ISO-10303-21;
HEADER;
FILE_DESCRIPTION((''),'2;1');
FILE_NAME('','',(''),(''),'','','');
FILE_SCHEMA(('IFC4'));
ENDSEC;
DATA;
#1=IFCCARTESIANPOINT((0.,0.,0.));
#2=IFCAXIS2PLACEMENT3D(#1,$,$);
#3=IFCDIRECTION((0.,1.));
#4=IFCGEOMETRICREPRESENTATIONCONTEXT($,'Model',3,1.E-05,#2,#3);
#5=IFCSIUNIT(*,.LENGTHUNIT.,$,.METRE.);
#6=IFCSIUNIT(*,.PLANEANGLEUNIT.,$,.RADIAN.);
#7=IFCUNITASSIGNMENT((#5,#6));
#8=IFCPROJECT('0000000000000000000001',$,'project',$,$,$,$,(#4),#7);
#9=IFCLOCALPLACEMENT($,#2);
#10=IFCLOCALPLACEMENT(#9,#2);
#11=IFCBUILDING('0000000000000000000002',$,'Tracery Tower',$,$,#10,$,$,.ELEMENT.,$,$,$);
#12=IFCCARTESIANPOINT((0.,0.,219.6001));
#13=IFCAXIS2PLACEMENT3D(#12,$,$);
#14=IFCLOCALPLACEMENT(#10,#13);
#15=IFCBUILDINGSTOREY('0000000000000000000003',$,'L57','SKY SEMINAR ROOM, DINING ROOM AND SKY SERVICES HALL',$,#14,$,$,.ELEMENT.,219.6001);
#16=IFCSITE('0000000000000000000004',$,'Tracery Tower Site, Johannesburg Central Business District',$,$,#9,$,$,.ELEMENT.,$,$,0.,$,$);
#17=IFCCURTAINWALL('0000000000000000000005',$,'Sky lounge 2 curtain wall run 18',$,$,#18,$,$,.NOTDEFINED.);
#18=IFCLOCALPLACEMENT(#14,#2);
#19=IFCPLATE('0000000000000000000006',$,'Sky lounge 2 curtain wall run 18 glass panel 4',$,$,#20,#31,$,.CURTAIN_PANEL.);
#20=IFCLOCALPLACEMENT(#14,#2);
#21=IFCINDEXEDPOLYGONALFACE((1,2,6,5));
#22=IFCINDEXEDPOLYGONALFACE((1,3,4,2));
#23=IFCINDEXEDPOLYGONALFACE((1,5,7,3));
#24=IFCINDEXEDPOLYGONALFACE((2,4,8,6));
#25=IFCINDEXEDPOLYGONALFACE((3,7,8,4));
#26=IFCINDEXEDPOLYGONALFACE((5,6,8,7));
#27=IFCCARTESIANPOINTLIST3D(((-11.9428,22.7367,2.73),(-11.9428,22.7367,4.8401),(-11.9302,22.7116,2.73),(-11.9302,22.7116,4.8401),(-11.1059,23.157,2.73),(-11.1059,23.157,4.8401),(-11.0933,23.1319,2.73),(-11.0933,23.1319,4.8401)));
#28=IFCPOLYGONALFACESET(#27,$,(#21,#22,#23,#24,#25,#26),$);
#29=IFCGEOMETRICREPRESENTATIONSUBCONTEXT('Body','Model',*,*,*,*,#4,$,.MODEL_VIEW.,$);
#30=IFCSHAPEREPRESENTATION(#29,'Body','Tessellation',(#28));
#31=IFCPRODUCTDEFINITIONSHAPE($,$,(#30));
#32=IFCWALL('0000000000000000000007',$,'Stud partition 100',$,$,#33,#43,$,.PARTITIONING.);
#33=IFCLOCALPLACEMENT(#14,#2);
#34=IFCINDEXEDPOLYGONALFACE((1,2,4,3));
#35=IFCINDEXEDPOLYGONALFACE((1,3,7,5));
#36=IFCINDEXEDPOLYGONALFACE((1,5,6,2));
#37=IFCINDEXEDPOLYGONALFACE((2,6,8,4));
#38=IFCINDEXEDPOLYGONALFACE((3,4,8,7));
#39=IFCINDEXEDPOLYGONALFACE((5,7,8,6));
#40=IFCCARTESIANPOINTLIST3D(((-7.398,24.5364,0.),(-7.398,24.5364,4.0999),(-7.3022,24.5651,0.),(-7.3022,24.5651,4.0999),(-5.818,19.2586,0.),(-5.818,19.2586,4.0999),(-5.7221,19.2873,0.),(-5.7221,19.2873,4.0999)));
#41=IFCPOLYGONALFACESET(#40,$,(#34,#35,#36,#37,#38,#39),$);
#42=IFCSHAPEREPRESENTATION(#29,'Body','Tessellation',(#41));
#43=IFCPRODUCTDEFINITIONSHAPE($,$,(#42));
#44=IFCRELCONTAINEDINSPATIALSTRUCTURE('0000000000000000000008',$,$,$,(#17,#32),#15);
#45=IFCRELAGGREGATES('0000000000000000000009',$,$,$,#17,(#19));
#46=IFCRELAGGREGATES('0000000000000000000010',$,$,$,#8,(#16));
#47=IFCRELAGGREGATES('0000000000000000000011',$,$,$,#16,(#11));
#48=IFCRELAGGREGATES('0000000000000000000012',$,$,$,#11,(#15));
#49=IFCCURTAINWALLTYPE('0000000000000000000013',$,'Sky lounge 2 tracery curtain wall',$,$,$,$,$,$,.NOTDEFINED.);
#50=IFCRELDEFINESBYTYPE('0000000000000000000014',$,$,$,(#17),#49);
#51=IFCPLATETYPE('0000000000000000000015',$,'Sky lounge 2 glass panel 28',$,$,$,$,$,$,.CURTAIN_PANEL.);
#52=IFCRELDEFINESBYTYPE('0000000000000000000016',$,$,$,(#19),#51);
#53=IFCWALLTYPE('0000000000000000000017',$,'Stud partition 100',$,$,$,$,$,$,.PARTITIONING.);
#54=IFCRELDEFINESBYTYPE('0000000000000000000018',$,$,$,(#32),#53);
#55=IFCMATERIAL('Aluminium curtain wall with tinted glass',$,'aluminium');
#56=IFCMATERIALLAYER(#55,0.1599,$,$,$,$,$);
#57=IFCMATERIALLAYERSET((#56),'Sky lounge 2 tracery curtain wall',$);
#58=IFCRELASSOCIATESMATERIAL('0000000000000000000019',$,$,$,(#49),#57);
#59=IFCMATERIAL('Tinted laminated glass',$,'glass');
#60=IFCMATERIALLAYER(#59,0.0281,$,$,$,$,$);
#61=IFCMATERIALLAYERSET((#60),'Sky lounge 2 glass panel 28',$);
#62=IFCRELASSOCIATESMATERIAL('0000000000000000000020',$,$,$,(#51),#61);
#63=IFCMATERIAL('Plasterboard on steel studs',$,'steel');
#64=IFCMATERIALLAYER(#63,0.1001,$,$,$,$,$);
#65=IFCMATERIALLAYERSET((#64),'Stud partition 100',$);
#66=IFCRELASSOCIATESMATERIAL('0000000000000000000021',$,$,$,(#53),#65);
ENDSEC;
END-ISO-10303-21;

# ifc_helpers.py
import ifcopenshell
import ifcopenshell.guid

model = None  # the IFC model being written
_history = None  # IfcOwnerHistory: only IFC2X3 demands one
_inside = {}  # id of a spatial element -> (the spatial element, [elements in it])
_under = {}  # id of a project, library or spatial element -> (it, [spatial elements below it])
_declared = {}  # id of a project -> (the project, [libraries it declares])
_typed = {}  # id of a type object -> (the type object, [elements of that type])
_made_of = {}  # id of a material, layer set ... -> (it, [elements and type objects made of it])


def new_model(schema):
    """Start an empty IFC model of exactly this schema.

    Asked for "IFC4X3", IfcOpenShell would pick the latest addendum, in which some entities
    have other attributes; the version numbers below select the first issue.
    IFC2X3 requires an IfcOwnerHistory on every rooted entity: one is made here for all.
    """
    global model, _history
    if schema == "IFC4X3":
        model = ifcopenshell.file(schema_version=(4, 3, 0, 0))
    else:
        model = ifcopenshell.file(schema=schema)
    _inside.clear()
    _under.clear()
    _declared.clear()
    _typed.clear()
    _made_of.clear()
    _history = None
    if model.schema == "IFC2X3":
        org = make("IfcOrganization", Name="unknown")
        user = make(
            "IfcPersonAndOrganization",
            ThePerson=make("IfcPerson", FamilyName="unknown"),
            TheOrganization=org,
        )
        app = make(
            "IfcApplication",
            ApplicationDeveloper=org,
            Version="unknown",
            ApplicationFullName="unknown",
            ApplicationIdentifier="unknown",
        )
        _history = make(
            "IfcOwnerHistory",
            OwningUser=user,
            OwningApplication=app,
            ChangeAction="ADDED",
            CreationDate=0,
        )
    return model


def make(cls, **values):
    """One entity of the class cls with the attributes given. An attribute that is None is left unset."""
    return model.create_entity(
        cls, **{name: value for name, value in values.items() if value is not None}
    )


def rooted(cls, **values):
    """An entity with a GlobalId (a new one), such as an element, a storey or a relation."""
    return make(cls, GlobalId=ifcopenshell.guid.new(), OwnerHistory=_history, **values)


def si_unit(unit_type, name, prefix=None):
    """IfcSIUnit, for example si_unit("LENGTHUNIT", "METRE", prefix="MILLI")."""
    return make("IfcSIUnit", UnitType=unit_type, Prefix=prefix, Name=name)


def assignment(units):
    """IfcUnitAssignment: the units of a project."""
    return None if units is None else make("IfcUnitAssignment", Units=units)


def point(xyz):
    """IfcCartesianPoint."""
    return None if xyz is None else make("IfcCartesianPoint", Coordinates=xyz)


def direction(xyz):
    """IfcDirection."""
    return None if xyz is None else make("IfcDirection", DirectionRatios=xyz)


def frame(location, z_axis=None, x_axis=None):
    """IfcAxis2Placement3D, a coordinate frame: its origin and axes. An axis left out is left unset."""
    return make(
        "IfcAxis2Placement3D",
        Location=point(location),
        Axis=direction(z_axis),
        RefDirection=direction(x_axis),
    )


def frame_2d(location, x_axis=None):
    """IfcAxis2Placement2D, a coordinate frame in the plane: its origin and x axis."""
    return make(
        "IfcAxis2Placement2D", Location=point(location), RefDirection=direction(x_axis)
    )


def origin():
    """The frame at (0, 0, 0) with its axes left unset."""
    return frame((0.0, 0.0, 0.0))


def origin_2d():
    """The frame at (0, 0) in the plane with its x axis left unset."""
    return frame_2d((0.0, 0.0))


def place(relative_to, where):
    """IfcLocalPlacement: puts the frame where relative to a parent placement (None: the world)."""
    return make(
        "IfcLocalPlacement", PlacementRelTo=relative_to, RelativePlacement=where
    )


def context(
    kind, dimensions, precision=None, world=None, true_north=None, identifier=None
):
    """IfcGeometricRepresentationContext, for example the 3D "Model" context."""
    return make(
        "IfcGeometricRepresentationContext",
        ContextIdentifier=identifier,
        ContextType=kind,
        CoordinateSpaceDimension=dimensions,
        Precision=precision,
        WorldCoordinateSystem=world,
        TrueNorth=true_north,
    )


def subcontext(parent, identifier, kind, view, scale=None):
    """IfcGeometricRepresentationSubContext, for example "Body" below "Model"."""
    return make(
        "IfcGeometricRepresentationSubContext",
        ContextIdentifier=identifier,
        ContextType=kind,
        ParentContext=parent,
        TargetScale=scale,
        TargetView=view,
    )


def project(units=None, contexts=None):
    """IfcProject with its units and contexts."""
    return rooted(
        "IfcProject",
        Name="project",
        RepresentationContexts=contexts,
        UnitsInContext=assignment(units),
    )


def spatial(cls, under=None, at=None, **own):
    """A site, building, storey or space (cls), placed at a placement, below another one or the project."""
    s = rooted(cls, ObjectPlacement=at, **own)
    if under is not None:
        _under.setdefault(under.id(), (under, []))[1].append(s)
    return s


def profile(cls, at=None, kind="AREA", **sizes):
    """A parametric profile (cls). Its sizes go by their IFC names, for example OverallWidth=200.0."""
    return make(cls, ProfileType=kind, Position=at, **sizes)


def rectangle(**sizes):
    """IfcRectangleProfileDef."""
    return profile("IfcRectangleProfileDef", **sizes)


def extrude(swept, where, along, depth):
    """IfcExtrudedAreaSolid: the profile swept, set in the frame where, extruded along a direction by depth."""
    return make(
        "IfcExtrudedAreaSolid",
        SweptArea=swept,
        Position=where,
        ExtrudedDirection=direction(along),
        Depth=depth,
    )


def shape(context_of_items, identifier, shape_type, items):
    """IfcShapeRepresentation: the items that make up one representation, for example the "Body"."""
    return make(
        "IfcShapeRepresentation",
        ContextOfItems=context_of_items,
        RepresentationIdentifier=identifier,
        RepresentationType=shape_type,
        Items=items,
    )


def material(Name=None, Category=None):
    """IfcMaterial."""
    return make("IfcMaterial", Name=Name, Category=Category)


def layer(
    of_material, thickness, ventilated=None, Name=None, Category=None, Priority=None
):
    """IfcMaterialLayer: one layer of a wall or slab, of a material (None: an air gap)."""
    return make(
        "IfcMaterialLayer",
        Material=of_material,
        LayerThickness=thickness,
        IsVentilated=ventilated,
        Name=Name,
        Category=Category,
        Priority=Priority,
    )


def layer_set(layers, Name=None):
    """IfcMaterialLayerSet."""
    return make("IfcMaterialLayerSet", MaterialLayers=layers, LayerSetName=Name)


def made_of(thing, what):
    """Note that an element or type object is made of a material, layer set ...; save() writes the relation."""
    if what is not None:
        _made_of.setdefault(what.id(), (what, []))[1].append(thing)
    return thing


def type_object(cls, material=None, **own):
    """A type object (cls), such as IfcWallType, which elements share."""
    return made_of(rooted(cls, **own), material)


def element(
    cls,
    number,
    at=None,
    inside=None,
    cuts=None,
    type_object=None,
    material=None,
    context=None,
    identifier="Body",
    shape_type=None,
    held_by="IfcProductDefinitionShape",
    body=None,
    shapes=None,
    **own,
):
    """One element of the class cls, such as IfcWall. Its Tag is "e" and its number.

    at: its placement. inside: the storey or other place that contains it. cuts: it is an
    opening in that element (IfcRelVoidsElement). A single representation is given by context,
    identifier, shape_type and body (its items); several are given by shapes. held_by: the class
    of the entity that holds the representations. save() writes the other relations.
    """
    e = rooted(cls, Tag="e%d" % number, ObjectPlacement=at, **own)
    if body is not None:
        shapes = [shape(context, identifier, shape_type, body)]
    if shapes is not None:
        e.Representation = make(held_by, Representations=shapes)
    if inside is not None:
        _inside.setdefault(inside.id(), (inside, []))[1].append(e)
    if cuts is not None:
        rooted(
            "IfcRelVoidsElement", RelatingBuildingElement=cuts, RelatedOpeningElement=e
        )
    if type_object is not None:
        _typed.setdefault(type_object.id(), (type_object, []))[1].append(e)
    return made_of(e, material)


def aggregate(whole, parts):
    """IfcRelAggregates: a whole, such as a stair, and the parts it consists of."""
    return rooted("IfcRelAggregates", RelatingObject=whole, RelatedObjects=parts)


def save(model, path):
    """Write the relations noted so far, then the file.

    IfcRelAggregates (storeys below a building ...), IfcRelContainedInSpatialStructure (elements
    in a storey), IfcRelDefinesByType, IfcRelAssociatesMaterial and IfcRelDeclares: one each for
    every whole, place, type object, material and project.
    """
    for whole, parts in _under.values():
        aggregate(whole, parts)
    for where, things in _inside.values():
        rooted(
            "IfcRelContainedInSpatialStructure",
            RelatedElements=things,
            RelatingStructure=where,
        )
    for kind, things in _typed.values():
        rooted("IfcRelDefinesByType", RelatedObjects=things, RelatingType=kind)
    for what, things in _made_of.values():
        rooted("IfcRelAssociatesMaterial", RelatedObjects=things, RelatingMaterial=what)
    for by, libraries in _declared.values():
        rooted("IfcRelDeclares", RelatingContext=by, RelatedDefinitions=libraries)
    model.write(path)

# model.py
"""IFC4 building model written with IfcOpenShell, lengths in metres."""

from ifc_helpers import new_model, si_unit, direction, frame, frame_2d, origin, origin_2d, place, context, subcontext, project, spatial, rectangle, extrude, material, layer, layer_set, type_object, element, aggregate, save


model = new_model("IFC4")

# Units and contexts
model_context = context("Model", 3, precision=1e-05, world=origin(), true_north=direction((0.0, 1.0)))
body_context = subcontext(model_context, "Body", "Model", "MODEL_VIEW")
ifc_project = project(units=[si_unit("LENGTHUNIT", "METRE"), si_unit("PLANEANGLEUNIT", "RADIAN")], contexts=[model_context])

# Site, building, storey
site_placement = place(None, origin())
site = spatial("IfcSite", under=ifc_project, at=site_placement, Name="Tracery Tower Site, Johannesburg Central Business District", CompositionType="ELEMENT", RefElevation=0.0)
building_placement = place(site_placement, origin())
building = spatial("IfcBuilding", under=site, at=building_placement, Name="Tracery Tower", CompositionType="ELEMENT")
storey_placement = place(building_placement, frame((0.0, 0.0, 219.6001)))
storey = spatial("IfcBuildingStorey", under=building, at=storey_placement, Name="L57", Description="SKY SEMINAR ROOM, DINING ROOM AND SKY SERVICES HALL", CompositionType="ELEMENT", Elevation=219.6001)

# Shared definitions
ifc_material_1 = material(Name="Aluminium curtain wall with tinted glass", Category="aluminium")
ifc_layer_1 = layer(ifc_material_1, 0.1599)
ifc_layer_set_1 = layer_set([ifc_layer_1], Name="Sky lounge 2 tracery curtain wall")
curtain_wall_type = type_object("IfcCurtainWallType", Name="Sky lounge 2 tracery curtain wall", PredefinedType="NOTDEFINED", material=ifc_layer_set_1)

# Curtain wall
curtain_wall_1_placement = place(storey_placement, origin())
curtain_wall_1 = element("IfcCurtainWall", 1, at=curtain_wall_1_placement, inside=storey, type_object=curtain_wall_type, Name="Sky lounge 2 curtain wall run 18", PredefinedType="NOTDEFINED")

# Plate
ifc_material_2 = material(Name="Tinted laminated glass", Category="glass")
ifc_layer_2 = layer(ifc_material_2, 0.0281)
ifc_layer_set_2 = layer_set([ifc_layer_2], Name="Sky lounge 2 glass panel 28")
plate_type = type_object("IfcPlateType", Name="Sky lounge 2 glass panel 28", PredefinedType="CURTAIN_PANEL", material=ifc_layer_set_2)
plate_1_placement = place(storey_placement, frame((-11.5181, 22.9343, 2.73), z_axis=(0.0, 0.0, 1.0), x_axis=(-0.893633, -0.448799, 0.0)))
plate_1 = element("IfcPlate", 2, at=plate_1_placement, type_object=plate_type, Name="Sky lounge 2 curtain wall run 18 glass panel 4", PredefinedType="CURTAIN_PANEL", context=body_context, shape_type="SweptSolid", body=[
    extrude(rectangle(XDim=0.9365, YDim=0.0281, at=origin_2d()), origin(), (0.0, 0.0, 1.0), 2.1101),
])
aggregate(curtain_wall_1, [plate_1])

# Wall
ifc_material_3 = material(Name="Plasterboard on steel studs", Category="steel")
ifc_layer_3 = layer(ifc_material_3, 0.1001)
ifc_layer_set_3 = layer_set([ifc_layer_3], Name="Stud partition 100")
wall_type = type_object("IfcWallType", Name="Stud partition 100", PredefinedType="PARTITIONING", material=ifc_layer_set_3)
wall_placement = place(storey_placement, frame((-7.3501, 24.5508, 0.0), z_axis=(0.0, 0.0, 1.0), x_axis=(0.286803, -0.95799, 0.0)))
element("IfcWall", 3, at=wall_placement, inside=storey, type_object=wall_type, Name="Stud partition 100", PredefinedType="PARTITIONING", context=body_context, shape_type="SweptSolid", body=[
    extrude(rectangle(XDim=5.5093, YDim=0.1001, at=frame_2d((2.7546, 0.0))), origin(), (0.0, 0.0, 1.0), 4.0999),
])

save(model, "model.ifc")
